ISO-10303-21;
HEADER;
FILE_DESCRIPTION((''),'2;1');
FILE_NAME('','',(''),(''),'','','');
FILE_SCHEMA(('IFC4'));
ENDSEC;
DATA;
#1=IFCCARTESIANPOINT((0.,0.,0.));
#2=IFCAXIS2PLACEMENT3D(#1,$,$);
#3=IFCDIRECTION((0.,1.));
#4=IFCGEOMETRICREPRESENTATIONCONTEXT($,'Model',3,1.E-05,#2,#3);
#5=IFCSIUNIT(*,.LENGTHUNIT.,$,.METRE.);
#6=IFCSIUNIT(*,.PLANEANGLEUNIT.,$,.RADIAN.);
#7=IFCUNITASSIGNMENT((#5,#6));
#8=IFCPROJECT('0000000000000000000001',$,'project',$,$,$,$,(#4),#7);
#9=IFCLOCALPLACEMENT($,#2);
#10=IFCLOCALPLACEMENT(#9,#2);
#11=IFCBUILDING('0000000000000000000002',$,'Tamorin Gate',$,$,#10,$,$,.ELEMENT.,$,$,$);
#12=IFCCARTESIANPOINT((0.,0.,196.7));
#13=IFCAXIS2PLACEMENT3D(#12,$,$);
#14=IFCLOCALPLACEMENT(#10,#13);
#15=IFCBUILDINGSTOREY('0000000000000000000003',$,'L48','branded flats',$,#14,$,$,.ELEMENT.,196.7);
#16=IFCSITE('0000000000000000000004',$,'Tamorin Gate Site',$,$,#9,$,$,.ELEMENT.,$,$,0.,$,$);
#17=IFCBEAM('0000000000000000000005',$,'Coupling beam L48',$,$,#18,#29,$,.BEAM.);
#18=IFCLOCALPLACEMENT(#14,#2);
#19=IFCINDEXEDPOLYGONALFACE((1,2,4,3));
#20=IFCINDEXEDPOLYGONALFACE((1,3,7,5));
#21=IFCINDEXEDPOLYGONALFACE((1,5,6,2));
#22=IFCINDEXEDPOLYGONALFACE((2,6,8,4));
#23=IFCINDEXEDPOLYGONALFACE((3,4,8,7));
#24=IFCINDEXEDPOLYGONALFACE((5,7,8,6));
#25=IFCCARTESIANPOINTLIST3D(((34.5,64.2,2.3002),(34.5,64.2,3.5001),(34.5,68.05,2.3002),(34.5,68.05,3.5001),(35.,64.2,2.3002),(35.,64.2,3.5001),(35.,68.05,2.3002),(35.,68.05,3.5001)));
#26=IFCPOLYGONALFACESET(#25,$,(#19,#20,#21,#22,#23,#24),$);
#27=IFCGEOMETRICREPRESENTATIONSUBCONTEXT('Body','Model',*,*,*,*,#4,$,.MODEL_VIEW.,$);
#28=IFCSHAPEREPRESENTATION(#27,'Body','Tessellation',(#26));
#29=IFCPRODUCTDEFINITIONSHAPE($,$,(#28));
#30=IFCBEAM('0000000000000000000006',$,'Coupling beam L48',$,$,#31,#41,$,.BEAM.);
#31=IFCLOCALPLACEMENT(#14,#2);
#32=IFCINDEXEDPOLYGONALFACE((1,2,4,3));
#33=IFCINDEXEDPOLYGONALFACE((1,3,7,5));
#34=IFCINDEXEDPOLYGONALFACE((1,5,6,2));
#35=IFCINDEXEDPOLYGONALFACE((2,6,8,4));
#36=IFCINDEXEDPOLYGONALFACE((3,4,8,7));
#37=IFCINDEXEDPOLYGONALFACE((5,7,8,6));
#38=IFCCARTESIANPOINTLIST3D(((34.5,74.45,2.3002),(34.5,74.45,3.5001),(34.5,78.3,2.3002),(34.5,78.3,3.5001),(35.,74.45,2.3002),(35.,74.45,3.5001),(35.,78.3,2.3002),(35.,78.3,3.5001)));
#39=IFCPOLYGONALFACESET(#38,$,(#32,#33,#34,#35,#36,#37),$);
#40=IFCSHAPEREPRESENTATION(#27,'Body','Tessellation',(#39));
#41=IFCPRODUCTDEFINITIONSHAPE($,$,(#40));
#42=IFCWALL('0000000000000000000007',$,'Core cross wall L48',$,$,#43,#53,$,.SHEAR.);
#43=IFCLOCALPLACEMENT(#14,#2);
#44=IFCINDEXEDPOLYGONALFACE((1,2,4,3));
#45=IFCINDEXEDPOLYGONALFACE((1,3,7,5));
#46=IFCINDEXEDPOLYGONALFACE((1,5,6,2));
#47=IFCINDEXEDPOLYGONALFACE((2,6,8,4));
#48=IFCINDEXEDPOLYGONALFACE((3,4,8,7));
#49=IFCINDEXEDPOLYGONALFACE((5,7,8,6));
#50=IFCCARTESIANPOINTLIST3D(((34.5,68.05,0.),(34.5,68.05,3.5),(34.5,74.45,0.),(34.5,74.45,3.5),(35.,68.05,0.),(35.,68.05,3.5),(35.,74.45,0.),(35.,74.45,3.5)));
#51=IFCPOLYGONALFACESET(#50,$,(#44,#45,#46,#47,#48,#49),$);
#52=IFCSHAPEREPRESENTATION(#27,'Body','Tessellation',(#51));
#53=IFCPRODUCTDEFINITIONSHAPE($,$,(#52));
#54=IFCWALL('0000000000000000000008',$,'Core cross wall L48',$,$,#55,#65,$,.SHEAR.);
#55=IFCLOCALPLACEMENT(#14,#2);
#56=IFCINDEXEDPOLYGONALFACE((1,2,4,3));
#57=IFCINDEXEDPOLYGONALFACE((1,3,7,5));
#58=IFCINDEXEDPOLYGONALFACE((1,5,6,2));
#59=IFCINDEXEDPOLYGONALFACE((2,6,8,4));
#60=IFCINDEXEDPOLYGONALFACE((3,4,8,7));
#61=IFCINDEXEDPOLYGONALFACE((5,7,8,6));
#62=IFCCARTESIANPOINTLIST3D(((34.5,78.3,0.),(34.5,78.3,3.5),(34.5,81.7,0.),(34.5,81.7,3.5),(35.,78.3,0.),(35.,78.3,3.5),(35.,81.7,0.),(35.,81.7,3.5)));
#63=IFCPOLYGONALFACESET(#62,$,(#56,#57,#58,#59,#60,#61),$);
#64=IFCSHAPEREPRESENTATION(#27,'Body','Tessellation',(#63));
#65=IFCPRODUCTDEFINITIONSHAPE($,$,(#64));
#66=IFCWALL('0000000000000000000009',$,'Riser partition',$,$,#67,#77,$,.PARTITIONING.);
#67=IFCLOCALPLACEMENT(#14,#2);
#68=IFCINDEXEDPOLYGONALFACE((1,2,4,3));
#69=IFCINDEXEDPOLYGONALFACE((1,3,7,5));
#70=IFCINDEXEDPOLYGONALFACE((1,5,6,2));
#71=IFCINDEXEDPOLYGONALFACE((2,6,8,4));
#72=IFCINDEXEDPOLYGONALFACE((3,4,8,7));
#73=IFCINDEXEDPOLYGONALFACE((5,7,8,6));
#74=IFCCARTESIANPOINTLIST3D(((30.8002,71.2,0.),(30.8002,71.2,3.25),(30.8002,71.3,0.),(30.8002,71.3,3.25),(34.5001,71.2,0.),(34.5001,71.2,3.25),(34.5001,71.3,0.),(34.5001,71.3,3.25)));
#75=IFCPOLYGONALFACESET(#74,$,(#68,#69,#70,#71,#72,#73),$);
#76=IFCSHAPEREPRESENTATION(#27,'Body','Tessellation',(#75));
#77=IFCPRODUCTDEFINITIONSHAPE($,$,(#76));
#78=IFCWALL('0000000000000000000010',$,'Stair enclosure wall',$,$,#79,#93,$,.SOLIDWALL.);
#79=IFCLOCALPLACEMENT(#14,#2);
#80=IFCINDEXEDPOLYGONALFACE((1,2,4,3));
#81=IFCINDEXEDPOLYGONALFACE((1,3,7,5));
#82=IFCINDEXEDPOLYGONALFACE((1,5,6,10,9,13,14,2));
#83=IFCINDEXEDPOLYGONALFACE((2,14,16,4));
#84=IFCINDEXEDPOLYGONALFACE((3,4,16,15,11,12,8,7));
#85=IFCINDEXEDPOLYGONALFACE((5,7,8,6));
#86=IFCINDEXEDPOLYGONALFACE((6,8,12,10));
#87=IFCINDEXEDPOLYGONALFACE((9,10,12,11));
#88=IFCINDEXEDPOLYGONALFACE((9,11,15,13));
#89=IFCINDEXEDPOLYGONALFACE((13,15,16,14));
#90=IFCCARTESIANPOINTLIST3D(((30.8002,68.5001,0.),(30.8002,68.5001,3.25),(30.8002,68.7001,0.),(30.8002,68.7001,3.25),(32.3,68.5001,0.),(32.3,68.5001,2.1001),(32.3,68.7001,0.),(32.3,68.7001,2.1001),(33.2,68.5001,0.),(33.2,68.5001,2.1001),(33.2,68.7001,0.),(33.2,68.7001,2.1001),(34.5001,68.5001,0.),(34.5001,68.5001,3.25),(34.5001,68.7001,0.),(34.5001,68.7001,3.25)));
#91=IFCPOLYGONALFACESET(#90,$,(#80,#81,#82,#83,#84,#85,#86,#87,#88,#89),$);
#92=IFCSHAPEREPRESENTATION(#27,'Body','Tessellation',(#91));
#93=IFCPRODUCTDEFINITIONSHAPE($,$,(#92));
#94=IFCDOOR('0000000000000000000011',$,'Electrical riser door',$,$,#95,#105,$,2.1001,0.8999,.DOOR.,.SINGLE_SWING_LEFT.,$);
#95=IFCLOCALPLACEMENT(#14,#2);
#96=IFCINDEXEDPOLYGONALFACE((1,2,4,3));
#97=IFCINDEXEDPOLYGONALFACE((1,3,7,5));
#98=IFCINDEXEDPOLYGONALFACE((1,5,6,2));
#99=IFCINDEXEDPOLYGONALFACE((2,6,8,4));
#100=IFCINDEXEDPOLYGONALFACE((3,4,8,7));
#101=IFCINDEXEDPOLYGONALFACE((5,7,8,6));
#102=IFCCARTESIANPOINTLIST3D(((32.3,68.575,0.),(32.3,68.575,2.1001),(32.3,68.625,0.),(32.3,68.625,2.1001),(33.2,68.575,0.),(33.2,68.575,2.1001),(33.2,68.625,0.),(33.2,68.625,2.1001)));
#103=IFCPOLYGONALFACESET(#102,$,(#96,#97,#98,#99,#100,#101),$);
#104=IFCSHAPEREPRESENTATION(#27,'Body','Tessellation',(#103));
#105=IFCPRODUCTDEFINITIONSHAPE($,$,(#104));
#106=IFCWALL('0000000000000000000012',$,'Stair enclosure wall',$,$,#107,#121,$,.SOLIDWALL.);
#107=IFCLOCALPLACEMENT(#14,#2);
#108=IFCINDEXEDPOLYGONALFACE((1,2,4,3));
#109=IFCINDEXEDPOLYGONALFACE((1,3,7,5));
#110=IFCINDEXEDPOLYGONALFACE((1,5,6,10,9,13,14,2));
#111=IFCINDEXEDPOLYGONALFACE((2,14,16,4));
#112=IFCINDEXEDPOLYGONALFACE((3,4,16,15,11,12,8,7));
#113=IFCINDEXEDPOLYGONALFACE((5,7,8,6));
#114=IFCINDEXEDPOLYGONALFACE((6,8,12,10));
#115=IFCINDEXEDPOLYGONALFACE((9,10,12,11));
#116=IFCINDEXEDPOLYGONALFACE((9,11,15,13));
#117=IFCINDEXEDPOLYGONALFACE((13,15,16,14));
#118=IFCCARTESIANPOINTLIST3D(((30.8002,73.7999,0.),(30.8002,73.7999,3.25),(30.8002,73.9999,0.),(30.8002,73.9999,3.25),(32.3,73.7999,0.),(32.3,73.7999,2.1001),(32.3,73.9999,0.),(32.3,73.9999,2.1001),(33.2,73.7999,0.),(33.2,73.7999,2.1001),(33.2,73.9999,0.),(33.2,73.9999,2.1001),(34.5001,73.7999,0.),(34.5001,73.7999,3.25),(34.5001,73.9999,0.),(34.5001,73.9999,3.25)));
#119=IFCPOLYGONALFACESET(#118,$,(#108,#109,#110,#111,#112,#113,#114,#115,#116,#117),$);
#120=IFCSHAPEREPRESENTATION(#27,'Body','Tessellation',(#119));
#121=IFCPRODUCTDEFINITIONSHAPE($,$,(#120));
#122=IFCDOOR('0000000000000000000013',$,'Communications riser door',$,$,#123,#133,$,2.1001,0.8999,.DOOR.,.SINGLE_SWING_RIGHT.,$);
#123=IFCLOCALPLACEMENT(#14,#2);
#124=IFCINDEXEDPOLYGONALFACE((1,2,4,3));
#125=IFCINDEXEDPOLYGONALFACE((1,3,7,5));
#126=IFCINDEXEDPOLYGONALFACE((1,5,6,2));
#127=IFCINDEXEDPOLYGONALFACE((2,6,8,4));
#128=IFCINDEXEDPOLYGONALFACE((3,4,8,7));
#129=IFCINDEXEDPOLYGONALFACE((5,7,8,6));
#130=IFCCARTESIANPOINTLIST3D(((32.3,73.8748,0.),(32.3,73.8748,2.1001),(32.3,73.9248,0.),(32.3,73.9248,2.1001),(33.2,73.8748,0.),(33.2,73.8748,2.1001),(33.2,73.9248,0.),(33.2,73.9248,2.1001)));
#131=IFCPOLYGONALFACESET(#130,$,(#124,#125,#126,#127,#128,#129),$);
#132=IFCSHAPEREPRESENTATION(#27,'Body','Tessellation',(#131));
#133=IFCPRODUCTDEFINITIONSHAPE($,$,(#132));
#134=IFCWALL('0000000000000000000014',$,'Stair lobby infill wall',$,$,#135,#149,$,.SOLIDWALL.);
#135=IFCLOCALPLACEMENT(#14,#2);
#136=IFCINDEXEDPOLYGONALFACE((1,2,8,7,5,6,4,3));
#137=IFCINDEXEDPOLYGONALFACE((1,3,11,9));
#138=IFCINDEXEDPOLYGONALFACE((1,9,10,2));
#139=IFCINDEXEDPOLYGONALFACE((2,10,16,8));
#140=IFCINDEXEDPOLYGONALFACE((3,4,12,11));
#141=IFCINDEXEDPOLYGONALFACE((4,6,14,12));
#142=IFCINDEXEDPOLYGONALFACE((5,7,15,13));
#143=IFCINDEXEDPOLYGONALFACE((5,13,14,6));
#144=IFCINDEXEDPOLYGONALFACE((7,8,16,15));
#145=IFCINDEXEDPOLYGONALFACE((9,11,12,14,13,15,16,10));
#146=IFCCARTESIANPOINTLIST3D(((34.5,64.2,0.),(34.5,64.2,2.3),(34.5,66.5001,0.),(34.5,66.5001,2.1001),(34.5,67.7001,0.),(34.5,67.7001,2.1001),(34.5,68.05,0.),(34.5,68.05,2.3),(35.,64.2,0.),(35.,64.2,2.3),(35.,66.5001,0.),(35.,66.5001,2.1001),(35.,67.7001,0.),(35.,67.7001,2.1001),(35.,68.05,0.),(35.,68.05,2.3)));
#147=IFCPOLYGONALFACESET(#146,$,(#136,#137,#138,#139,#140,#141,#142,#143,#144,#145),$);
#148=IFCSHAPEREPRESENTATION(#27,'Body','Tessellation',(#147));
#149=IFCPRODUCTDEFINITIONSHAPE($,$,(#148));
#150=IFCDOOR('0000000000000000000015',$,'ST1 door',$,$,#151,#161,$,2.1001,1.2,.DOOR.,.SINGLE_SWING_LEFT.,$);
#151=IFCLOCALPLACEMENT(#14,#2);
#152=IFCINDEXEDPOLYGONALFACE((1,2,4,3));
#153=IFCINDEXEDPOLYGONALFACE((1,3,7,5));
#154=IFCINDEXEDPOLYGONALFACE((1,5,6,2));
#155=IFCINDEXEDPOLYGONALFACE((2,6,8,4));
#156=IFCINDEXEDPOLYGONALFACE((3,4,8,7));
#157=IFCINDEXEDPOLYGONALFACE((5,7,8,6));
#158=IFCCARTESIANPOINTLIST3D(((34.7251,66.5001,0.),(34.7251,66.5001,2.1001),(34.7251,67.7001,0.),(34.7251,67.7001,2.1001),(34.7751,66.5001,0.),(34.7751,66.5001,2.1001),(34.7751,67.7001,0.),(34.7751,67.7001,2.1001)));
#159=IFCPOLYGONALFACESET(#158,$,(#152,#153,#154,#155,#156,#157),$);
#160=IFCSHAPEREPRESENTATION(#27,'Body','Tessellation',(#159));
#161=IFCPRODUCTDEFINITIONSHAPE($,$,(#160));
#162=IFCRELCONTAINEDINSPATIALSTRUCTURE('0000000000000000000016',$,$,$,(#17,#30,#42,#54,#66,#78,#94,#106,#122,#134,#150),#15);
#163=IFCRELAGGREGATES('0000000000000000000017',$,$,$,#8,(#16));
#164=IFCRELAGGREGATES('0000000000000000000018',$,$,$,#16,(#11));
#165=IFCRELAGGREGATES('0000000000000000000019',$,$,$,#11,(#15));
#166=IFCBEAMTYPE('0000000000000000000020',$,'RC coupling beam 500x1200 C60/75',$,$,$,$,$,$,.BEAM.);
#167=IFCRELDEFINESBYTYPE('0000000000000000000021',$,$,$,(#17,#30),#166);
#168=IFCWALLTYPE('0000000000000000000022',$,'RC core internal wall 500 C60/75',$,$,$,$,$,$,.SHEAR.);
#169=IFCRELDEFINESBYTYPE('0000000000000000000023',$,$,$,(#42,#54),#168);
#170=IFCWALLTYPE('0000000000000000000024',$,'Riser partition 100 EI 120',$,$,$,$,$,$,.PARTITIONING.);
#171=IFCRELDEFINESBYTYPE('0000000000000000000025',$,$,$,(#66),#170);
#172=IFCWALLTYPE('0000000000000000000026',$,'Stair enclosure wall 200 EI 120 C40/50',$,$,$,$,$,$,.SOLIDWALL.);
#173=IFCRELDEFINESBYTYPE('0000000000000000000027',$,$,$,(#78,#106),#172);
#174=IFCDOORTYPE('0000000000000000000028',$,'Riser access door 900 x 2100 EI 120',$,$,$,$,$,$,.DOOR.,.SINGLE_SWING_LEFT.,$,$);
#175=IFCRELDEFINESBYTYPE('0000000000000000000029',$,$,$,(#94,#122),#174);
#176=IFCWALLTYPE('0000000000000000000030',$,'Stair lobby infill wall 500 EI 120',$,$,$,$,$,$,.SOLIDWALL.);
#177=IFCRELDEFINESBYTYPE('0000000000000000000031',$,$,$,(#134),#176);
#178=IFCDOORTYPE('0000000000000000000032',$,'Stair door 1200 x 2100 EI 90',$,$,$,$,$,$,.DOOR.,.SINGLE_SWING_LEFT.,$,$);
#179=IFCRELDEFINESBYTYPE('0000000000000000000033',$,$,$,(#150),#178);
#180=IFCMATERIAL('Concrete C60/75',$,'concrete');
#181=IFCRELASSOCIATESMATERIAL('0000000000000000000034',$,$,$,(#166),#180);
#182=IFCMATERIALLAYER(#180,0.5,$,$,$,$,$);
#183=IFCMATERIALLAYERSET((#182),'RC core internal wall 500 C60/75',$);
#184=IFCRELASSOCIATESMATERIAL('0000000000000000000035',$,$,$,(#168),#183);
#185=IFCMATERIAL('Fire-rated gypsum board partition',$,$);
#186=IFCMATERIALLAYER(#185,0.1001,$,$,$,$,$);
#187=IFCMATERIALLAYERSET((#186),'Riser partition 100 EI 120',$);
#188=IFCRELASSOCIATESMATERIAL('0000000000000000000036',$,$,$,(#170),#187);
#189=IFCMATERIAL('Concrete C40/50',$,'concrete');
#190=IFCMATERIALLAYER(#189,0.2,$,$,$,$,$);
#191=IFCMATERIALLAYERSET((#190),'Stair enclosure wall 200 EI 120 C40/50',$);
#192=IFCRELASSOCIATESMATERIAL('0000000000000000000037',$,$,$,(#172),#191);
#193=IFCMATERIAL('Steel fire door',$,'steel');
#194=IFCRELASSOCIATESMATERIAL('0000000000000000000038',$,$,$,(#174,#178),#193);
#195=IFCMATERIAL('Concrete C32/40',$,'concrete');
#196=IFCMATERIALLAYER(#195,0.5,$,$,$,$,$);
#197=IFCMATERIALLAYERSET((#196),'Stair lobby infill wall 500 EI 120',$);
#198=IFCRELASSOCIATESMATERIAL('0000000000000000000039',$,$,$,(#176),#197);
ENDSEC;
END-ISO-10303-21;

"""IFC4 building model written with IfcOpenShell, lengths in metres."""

from ifc_helpers import new_model, si_unit, direction, frame, frame_2d, origin, origin_2d, place, context, subcontext, project, spatial, rectangle, extrude, material, layer, layer_set, material_profile, profile_set, type_object, element, fill, save


model = new_model("IFC4")

# Units and contexts
model_context = context("Model", 3, precision=1e-05, world=origin(), true_north=direction((0.0, 1.0)))
body_context = subcontext(model_context, "Body", "Model", "MODEL_VIEW")
ifc_project = project(units=[si_unit("LENGTHUNIT", "METRE"), si_unit("PLANEANGLEUNIT", "RADIAN")], contexts=[model_context])

# Site, building, storey
site_placement = place(None, origin())
site = spatial("IfcSite", under=ifc_project, at=site_placement, Name="Tamorin Gate Site", CompositionType="ELEMENT", RefElevation=0.0)
building_placement = place(site_placement, origin())
building = spatial("IfcBuilding", under=site, at=building_placement, Name="Tamorin Gate", CompositionType="ELEMENT")
storey_placement = place(building_placement, frame((0.0, 0.0, 196.7)))
storey = spatial("IfcBuildingStorey", under=building, at=storey_placement, Name="L48", Description="branded flats", CompositionType="ELEMENT", Elevation=196.7)

# Beams
ifc_material_1 = material(Name="Concrete C60/75", Category="concrete")
ifc_material_profile = material_profile(ifc_material_1, rectangle(XDim=0.5, YDim=1.2, at=origin_2d()), Name="RC 500x1200")
ifc_profile_set = profile_set([ifc_material_profile], Name="Concrete C60/75")
beam_type = type_object("IfcBeamType", Name="RC coupling beam 500x1200 C60/75", PredefinedType="BEAM", material=ifc_profile_set)
for number, where, z_axis, x_axis, name in (
    (1, (34.75, 64.2, 2.9001), (0.0, 1.0, 0.0), (-1.0, 0.0, 0.0), "Coupling beam L48"),
    (2, (34.75, 74.45, 2.9001), (0.0, 1.0, 0.0), (-1.0, 0.0, 0.0), "Coupling beam L48"),
):
    element("IfcBeam", number, at=place(storey_placement, frame(where, z_axis=z_axis, x_axis=x_axis)), inside=storey, type_object=beam_type, Name=name, PredefinedType="BEAM", context=body_context, shape_type="SweptSolid", body=[
        extrude(rectangle(XDim=0.5, YDim=1.2, at=origin_2d()), origin(), (0.0, 0.0, 1.0), 3.8501),
    ])

# Walls
ifc_layer_1 = layer(ifc_material_1, 0.5)
ifc_layer_set_1 = layer_set([ifc_layer_1], Name="RC core internal wall 500 C60/75")
wall_type_1 = type_object("IfcWallType", Name="RC core internal wall 500 C60/75", PredefinedType="SHEAR", material=ifc_layer_set_1)
wall_1_placement = place(storey_placement, frame((34.75, 68.05, 0.0), z_axis=(0.0, 0.0, 1.0), x_axis=(0.0, 1.0, 0.0)))
element("IfcWall", 3, at=wall_1_placement, inside=storey, type_object=wall_type_1, Name="Core cross wall L48", PredefinedType="SHEAR", context=body_context, shape_type="SweptSolid", body=[
    extrude(rectangle(XDim=6.3999, YDim=0.5, at=frame_2d((3.2, 0.0))), origin(), (0.0, 0.0, 1.0), 3.5),
])
wall_2_placement = place(storey_placement, frame((34.75, 78.3, 0.0), z_axis=(0.0, 0.0, 1.0), x_axis=(0.0, 1.0, 0.0)))
element("IfcWall", 4, at=wall_2_placement, inside=storey, type_object=wall_type_1, Name="Core cross wall L48", PredefinedType="SHEAR", context=body_context, shape_type="SweptSolid", body=[
    extrude(rectangle(XDim=3.3999, YDim=0.5, at=frame_2d((1.7, 0.0))), origin(), (0.0, 0.0, 1.0), 3.5),
])
ifc_material_2 = material(Name="Fire-rated gypsum board partition")
ifc_layer_2 = layer(ifc_material_2, 0.1001)
ifc_layer_set_2 = layer_set([ifc_layer_2], Name="Riser partition 100 EI 120")
wall_type_2 = type_object("IfcWallType", Name="Riser partition 100 EI 120", PredefinedType="PARTITIONING", material=ifc_layer_set_2)
wall_3_placement = place(storey_placement, frame((30.8, 71.25, 0.0), z_axis=(0.0, 0.0, 1.0), x_axis=(1.0, 0.0, 0.0)))
element("IfcWall", 5, at=wall_3_placement, inside=storey, type_object=wall_type_2, Name="Riser partition", PredefinedType="PARTITIONING", context=body_context, shape_type="SweptSolid", body=[
    extrude(rectangle(XDim=3.7, YDim=0.1001, at=frame_2d((1.8501, 0.0))), origin(), (0.0, 0.0, 1.0), 3.25),
])

# Walls, openings, doors
ifc_material_3 = material(Name="Concrete C40/50", Category="concrete")
ifc_layer_3 = layer(ifc_material_3, 0.2)
ifc_layer_set_3 = layer_set([ifc_layer_3], Name="Stair enclosure wall 200 EI 120 C40/50")
wall_type_3 = type_object("IfcWallType", Name="Stair enclosure wall 200 EI 120 C40/50", PredefinedType="SOLIDWALL", material=ifc_layer_set_3)
wall_4_placement = place(storey_placement, frame((30.8, 68.6001, 0.0), z_axis=(0.0, 0.0, 1.0), x_axis=(1.0, 0.0, 0.0)))
wall_4 = element("IfcWall", 6, at=wall_4_placement, inside=storey, type_object=wall_type_3, Name="Stair enclosure wall", PredefinedType="SOLIDWALL", context=body_context, shape_type="SweptSolid", body=[
    extrude(rectangle(XDim=3.7, YDim=0.2, at=frame_2d((1.8501, 0.0))), origin(), (0.0, 0.0, 1.0), 3.25),
])
opening_1_placement = place(wall_4_placement, frame((1.5, 0.0, 0.0)))
opening_1 = element("IfcOpeningElement", 7, at=opening_1_placement, cuts=wall_4, PredefinedType="OPENING", context=body_context, shape_type="SweptSolid", body=[
    extrude(rectangle(XDim=0.8999, YDim=2.1001, at=frame_2d((0.45, 1.05))), frame((0.0, 0.1099, 0.0), z_axis=(0.0, -1.0, 0.0), x_axis=(1.0, 0.0, 0.0)), (0.0, 0.0, 1.0), 0.22),
])
ifc_material_4 = material(Name="Steel fire door", Category="steel")
door_type_1 = type_object("IfcDoorType", Name="Riser access door 900 x 2100 EI 120", OperationType="SINGLE_SWING_LEFT", PredefinedType="DOOR", material=ifc_material_4)
door_1_placement = place(opening_1_placement, origin())
door_1 = element("IfcDoor", 8, at=door_1_placement, inside=storey, type_object=door_type_1, Name="Electrical riser door", OperationType="SINGLE_SWING_LEFT", OverallHeight=2.1001, OverallWidth=0.8999, PredefinedType="DOOR", context=body_context, shape_type="SweptSolid", body=[
    extrude(rectangle(XDim=0.8999, YDim=2.1001, at=frame_2d((0.45, 1.05))), frame((0.0, 0.0249, 0.0), z_axis=(0.0, -1.0, 0.0), x_axis=(1.0, 0.0, 0.0)), (0.0, 0.0, 1.0), 0.05),
])
fill(opening_1, door_1)
wall_5_placement = place(storey_placement, frame((30.8, 73.8999, 0.0), z_axis=(0.0, 0.0, 1.0), x_axis=(1.0, 0.0, 0.0)))
wall_5 = element("IfcWall", 9, at=wall_5_placement, inside=storey, type_object=wall_type_3, Name="Stair enclosure wall", PredefinedType="SOLIDWALL", context=body_context, shape_type="SweptSolid", body=[
    extrude(rectangle(XDim=3.7, YDim=0.2, at=frame_2d((1.8501, 0.0))), origin(), (0.0, 0.0, 1.0), 3.25),
])
opening_2_placement = place(wall_5_placement, frame((1.5, 0.0, 0.0)))
opening_2 = element("IfcOpeningElement", 10, at=opening_2_placement, cuts=wall_5, PredefinedType="OPENING", context=body_context, shape_type="SweptSolid", body=[
    extrude(rectangle(XDim=0.8999, YDim=2.1001, at=frame_2d((0.45, 1.05))), frame((0.0, 0.1099, 0.0), z_axis=(0.0, -1.0, 0.0), x_axis=(1.0, 0.0, 0.0)), (0.0, 0.0, 1.0), 0.22),
])
door_2_placement = place(opening_2_placement, origin())
door_2 = element("IfcDoor", 11, at=door_2_placement, inside=storey, type_object=door_type_1, Name="Communications riser door", OperationType="SINGLE_SWING_RIGHT", OverallHeight=2.1001, OverallWidth=0.8999, PredefinedType="DOOR", context=body_context, shape_type="SweptSolid", body=[
    extrude(rectangle(XDim=0.8999, YDim=2.1001, at=frame_2d((0.45, 1.05))), frame((0.0, 0.0249, 0.0), z_axis=(0.0, -1.0, 0.0), x_axis=(1.0, 0.0, 0.0)), (0.0, 0.0, 1.0), 0.05),
])
fill(opening_2, door_2)
ifc_material_5 = material(Name="Concrete C32/40", Category="concrete")
ifc_layer_4 = layer(ifc_material_5, 0.5)
ifc_layer_set_4 = layer_set([ifc_layer_4], Name="Stair lobby infill wall 500 EI 120")
wall_type_4 = type_object("IfcWallType", Name="Stair lobby infill wall 500 EI 120", PredefinedType="SOLIDWALL", material=ifc_layer_set_4)
wall_6_placement = place(storey_placement, frame((34.75, 64.2, 0.0), z_axis=(0.0, 0.0, 1.0), x_axis=(0.0, 1.0, 0.0)))
wall_6 = element("IfcWall", 12, at=wall_6_placement, inside=storey, type_object=wall_type_4, Name="Stair lobby infill wall", PredefinedType="SOLIDWALL", context=body_context, shape_type="SweptSolid", body=[
    extrude(rectangle(XDim=3.8501, YDim=0.5, at=frame_2d((1.925, 0.0))), origin(), (0.0, 0.0, 1.0), 2.3),
])
opening_3_placement = place(wall_6_placement, frame((2.3, 0.0, 0.0)))
opening_3 = element("IfcOpeningElement", 13, at=opening_3_placement, cuts=wall_6, PredefinedType="OPENING", context=body_context, shape_type="SweptSolid", body=[
    extrude(rectangle(XDim=1.2, YDim=2.1001, at=frame_2d((0.6001, 1.05))), frame((0.0, 0.26, 0.0), z_axis=(0.0, -1.0, 0.0), x_axis=(1.0, 0.0, 0.0)), (0.0, 0.0, 1.0), 0.52),
])
door_type_2 = type_object("IfcDoorType", Name="Stair door 1200 x 2100 EI 90", OperationType="SINGLE_SWING_LEFT", PredefinedType="DOOR", material=ifc_material_4)
door_3_placement = place(opening_3_placement, origin())
door_3 = element("IfcDoor", 14, at=door_3_placement, inside=storey, type_object=door_type_2, Name="ST1 door", OperationType="SINGLE_SWING_LEFT", OverallHeight=2.1001, OverallWidth=1.2, PredefinedType="DOOR", context=body_context, shape_type="SweptSolid", body=[
    extrude(rectangle(XDim=1.2, YDim=2.1001, at=frame_2d((0.6001, 1.05))), frame((0.0, 0.0249, 0.0), z_axis=(0.0, -1.0, 0.0), x_axis=(1.0, 0.0, 0.0)), (0.0, 0.0, 1.0), 0.05),
])
fill(opening_3, door_3)

save(model, "model.ifc")
